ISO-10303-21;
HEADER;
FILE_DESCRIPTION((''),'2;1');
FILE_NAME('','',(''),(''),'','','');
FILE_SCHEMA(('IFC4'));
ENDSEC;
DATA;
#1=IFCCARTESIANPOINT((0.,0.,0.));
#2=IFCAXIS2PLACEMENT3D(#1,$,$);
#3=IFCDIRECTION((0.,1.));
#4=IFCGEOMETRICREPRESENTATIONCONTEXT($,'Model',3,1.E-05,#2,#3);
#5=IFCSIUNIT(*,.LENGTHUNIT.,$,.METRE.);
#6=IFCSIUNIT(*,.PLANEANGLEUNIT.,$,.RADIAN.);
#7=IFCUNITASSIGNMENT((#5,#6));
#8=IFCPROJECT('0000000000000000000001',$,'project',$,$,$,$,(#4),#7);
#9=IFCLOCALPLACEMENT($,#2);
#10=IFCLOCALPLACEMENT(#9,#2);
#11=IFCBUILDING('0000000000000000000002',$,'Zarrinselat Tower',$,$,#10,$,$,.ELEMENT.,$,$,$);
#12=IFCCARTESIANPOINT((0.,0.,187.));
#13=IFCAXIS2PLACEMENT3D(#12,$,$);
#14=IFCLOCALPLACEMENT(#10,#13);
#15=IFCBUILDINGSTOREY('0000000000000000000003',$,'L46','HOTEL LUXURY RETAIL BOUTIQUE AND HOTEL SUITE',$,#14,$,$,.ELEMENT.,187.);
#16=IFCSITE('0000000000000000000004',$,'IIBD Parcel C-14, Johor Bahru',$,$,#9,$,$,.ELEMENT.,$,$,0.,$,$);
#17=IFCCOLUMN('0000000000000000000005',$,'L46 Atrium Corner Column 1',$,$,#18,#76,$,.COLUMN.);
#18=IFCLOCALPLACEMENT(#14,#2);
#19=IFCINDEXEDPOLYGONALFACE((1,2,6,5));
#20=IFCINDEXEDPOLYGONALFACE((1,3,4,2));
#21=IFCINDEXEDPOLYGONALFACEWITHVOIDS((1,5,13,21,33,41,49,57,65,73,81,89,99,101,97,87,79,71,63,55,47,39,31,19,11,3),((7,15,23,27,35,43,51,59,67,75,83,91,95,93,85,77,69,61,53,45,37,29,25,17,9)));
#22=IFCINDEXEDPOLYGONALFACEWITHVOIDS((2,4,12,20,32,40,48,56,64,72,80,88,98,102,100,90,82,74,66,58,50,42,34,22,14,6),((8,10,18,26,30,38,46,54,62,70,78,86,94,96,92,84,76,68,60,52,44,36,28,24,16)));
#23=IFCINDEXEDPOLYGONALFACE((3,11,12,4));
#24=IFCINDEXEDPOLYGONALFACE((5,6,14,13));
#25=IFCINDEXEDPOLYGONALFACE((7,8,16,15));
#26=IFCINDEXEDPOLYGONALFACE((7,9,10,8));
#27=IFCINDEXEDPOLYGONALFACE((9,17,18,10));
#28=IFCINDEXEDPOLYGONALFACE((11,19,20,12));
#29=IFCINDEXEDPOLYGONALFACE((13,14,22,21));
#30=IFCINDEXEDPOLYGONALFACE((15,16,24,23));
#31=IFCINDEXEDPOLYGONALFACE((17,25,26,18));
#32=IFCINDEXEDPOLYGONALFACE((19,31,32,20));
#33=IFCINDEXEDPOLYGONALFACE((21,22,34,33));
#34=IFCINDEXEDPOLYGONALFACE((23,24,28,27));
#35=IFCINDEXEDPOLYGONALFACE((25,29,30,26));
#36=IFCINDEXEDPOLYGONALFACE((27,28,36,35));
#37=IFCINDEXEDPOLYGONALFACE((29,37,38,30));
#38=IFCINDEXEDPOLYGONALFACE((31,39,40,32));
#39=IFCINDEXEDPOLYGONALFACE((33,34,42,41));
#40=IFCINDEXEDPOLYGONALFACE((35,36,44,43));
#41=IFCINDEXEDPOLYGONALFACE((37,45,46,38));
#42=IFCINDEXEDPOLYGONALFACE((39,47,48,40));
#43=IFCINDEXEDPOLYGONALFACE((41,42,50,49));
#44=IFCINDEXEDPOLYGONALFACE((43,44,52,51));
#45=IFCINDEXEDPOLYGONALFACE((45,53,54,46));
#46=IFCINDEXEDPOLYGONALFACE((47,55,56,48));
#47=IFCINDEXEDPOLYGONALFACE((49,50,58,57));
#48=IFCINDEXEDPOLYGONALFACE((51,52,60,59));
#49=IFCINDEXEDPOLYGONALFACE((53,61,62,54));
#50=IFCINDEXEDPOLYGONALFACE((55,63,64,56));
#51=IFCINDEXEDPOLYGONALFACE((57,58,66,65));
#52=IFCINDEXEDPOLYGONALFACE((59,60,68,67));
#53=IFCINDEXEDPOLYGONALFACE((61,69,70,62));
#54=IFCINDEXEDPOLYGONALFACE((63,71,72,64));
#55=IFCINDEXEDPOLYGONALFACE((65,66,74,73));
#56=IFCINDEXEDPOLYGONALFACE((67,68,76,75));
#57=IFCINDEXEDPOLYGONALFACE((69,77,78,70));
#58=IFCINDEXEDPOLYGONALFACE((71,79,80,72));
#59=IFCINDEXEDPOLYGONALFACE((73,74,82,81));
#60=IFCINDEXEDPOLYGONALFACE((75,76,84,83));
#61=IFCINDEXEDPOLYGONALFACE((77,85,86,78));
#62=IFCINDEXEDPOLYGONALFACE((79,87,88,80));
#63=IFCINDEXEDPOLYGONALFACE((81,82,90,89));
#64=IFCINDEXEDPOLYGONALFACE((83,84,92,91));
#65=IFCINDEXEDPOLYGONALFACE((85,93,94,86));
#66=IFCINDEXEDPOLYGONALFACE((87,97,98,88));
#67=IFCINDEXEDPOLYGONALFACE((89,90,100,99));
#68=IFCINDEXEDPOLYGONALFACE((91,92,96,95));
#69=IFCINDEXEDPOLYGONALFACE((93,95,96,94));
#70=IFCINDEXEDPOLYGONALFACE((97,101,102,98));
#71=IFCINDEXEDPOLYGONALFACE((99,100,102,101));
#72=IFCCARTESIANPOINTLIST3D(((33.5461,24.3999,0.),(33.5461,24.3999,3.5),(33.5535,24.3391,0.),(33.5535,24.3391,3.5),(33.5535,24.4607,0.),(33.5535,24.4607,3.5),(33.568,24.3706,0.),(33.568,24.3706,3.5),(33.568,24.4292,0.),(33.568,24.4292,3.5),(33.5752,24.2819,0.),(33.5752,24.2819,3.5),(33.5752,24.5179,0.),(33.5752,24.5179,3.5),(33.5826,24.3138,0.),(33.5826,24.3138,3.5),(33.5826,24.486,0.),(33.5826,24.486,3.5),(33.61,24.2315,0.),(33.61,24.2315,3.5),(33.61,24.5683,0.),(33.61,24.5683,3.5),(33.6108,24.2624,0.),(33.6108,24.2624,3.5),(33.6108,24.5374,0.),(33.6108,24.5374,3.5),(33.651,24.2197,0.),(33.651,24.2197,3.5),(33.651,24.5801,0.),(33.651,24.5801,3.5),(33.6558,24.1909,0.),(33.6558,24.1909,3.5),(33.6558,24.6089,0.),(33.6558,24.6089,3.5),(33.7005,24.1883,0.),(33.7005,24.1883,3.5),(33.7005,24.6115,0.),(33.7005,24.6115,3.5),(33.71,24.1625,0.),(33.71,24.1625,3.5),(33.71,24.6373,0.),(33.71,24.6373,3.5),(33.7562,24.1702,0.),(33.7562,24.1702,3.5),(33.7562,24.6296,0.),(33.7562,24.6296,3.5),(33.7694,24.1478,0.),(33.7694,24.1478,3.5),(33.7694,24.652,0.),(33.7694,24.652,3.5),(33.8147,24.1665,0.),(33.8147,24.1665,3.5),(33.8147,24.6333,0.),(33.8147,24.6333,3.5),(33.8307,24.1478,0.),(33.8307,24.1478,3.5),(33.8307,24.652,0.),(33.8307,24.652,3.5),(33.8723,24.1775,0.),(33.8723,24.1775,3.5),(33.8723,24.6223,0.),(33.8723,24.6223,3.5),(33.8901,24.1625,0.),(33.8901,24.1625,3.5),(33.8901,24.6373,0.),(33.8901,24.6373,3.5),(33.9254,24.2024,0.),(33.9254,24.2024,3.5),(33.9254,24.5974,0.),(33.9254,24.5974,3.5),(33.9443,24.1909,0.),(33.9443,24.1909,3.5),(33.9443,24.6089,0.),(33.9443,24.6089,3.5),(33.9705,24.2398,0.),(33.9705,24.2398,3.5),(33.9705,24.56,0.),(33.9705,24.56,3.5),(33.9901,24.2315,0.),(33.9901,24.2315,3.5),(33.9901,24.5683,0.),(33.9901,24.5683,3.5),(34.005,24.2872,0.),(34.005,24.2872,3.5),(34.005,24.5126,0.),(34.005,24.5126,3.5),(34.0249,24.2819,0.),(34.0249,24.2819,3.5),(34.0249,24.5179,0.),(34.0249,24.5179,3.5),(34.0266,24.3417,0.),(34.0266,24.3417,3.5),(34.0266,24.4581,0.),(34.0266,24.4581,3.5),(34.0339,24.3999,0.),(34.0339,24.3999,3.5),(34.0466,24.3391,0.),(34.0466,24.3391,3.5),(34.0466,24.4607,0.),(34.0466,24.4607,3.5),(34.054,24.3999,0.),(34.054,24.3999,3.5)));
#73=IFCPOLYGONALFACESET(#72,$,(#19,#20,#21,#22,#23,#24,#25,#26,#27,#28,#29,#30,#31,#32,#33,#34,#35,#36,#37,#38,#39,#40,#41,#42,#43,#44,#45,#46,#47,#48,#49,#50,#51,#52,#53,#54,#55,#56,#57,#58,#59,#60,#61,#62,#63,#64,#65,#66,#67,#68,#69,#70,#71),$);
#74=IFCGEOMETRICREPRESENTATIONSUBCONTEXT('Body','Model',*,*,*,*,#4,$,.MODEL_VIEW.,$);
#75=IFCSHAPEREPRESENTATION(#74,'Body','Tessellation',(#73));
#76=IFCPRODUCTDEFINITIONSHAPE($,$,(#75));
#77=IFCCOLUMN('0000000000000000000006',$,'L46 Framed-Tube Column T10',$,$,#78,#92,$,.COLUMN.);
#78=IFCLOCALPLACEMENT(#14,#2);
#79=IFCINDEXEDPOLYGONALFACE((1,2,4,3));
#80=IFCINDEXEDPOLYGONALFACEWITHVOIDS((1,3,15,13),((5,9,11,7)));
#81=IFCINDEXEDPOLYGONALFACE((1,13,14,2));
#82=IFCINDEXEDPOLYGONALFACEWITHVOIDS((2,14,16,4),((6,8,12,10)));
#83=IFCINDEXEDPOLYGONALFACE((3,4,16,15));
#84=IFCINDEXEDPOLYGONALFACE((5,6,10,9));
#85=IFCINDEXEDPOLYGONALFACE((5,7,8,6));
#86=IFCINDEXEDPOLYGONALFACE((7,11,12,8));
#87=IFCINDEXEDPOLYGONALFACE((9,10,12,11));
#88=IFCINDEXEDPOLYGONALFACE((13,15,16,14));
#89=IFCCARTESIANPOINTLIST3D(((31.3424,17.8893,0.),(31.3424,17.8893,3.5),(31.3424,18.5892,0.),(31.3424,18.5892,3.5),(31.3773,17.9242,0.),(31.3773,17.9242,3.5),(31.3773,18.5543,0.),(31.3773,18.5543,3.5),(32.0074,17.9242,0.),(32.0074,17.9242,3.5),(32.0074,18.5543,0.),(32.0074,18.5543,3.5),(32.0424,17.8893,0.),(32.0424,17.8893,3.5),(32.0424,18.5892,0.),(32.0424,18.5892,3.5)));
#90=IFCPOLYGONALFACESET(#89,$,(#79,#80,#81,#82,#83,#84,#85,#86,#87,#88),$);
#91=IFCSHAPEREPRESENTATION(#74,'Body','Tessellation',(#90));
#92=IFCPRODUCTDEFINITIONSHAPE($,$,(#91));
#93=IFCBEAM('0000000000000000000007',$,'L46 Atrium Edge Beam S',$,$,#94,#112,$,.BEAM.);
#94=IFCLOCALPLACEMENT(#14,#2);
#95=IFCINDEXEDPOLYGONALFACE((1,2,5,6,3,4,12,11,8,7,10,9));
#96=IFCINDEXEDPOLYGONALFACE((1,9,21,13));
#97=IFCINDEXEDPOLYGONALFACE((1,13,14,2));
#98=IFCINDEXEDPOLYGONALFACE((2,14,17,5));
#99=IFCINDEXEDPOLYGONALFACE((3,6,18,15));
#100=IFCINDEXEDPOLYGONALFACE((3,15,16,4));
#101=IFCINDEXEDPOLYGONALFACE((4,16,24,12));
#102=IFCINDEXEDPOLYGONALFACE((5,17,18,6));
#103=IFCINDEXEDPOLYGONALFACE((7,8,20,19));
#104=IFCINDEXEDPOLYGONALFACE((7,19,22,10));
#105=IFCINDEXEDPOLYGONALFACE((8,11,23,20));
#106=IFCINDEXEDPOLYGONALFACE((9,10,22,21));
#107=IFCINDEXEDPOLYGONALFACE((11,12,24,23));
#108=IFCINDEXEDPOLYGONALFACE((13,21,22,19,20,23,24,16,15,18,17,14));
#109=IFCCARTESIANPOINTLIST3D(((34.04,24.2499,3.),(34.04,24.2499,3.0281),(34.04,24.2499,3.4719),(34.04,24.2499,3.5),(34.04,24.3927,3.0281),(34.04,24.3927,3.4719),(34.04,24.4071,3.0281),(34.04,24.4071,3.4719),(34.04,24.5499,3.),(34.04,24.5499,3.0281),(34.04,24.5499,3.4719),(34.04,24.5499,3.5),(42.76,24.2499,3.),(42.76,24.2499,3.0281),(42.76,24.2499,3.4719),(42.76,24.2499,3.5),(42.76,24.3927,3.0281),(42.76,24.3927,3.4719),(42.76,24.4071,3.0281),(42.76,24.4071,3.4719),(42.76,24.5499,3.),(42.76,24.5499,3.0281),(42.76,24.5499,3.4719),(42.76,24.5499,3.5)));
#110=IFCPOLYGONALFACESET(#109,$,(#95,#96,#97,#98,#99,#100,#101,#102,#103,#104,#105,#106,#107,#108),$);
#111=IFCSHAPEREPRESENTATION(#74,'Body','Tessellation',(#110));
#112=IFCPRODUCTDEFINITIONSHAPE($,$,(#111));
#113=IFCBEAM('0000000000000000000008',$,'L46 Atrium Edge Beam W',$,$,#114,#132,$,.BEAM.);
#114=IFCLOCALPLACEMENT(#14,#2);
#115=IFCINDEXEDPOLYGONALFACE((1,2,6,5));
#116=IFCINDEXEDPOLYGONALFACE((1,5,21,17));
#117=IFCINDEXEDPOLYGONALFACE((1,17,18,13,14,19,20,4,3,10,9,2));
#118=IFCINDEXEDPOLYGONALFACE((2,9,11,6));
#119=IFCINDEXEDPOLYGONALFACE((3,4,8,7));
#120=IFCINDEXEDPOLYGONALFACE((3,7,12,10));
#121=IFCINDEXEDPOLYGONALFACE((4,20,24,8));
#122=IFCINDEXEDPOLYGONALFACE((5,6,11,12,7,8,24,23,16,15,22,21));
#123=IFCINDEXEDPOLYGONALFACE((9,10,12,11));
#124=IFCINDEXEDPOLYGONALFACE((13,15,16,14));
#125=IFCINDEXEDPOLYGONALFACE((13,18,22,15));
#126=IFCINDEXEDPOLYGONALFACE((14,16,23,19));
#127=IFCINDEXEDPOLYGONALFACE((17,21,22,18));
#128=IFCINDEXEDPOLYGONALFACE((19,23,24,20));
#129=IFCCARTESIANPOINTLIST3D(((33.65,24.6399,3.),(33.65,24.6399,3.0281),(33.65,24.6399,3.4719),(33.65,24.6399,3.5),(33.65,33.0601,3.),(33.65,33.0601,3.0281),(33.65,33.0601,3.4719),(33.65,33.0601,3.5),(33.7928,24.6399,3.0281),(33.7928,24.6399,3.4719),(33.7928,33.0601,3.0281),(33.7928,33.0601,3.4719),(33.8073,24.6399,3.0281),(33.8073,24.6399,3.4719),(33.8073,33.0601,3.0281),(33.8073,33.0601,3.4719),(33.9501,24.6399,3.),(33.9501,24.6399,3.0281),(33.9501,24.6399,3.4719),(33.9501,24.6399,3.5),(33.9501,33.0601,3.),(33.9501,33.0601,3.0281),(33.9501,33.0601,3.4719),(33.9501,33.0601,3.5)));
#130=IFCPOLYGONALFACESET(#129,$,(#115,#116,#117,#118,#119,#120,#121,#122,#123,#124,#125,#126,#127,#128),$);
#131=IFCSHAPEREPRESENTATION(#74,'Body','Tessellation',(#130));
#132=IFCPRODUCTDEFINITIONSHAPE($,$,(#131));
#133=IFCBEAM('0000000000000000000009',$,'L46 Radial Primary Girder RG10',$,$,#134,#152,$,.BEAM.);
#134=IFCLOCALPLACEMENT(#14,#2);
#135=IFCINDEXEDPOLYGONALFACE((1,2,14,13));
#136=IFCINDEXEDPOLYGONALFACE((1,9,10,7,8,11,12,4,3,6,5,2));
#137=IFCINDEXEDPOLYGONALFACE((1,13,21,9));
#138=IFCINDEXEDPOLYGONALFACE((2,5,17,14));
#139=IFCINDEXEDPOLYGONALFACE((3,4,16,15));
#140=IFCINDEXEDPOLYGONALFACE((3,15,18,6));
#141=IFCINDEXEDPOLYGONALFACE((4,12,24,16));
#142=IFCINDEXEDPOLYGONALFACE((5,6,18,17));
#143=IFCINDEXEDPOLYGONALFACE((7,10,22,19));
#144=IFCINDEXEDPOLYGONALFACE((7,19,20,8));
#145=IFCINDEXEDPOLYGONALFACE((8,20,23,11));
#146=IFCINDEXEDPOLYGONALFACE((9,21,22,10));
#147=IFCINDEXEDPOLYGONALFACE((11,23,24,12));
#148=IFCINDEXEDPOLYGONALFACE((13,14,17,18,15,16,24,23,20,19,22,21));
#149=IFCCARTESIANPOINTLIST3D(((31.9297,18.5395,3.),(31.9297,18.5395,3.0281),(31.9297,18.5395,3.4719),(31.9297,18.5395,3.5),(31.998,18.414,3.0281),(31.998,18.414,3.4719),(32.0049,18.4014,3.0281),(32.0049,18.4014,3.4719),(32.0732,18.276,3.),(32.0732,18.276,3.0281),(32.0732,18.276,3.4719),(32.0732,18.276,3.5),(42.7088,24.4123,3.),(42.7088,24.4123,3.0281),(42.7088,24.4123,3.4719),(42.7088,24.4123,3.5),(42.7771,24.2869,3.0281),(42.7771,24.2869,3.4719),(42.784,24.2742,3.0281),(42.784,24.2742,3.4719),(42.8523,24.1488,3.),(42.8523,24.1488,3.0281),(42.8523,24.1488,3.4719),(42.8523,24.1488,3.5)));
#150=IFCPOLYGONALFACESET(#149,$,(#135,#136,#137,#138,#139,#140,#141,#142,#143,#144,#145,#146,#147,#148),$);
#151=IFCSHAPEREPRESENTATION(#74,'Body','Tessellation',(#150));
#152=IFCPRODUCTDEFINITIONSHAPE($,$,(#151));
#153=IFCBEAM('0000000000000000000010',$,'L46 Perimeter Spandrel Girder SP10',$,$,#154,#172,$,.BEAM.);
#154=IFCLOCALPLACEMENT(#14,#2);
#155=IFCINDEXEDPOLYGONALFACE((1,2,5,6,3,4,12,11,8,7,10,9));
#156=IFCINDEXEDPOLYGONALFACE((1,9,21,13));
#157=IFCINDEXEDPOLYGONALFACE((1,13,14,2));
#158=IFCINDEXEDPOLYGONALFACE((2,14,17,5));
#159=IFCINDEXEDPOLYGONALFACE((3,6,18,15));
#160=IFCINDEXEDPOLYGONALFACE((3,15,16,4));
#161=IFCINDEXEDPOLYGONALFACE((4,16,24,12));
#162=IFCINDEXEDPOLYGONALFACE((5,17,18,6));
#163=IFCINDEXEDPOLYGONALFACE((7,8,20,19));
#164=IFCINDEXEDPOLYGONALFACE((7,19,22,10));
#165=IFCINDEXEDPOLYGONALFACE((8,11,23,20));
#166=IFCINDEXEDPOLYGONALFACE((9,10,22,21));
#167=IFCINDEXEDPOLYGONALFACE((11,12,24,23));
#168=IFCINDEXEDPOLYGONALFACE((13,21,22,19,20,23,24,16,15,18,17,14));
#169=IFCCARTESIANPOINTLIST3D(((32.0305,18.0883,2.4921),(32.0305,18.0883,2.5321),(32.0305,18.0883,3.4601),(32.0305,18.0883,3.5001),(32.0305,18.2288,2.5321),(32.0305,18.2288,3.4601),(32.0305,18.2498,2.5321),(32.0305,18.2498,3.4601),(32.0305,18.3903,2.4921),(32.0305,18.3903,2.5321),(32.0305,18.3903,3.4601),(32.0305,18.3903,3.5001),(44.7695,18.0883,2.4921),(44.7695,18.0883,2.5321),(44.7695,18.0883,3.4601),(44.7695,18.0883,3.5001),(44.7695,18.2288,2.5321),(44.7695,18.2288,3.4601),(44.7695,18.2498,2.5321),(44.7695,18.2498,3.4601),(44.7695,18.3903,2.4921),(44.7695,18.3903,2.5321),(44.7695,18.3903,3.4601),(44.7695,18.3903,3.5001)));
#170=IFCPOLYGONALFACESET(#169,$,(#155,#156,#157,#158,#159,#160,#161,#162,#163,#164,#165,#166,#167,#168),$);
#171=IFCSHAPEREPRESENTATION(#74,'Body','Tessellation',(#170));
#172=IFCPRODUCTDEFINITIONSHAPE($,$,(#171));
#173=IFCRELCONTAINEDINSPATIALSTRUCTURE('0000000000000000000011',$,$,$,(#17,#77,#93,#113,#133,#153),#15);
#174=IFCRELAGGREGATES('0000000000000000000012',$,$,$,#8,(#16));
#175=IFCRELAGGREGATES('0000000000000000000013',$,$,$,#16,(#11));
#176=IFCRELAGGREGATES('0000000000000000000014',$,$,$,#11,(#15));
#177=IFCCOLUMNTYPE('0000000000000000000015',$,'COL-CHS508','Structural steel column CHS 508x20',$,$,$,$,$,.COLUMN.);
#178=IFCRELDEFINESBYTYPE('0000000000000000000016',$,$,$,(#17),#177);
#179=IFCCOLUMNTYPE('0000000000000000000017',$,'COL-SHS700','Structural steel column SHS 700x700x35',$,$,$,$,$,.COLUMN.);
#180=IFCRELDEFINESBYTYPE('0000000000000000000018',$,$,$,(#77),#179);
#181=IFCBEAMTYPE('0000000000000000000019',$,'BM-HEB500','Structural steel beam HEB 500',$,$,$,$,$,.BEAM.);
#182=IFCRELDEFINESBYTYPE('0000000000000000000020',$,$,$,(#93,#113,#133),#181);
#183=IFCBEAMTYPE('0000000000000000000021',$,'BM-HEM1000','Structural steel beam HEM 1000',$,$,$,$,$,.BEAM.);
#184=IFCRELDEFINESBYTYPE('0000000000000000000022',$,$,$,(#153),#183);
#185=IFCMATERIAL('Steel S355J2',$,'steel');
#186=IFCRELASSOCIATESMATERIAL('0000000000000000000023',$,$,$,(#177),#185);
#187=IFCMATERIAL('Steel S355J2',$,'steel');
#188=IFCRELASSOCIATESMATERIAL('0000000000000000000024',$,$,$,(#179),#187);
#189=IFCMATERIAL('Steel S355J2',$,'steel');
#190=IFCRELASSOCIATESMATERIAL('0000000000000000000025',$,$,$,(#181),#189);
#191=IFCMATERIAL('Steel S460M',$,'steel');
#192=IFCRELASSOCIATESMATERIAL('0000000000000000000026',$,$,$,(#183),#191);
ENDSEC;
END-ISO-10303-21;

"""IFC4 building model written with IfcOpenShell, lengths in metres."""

from ifc_helpers import new_model, si_unit, direction, frame, origin, origin_2d, place, context, subcontext, project, spatial, hollow_rectangle, hollow_circle, i_section, extrude, material, material_profile, profile_set, type_object, element, save


model = new_model("IFC4")

# Units and contexts
model_context = context("Model", 3, precision=1e-05, world=origin(), true_north=direction((0.0, 1.0)))
body_context = subcontext(model_context, "Body", "Model", "MODEL_VIEW")
ifc_project = project(units=[si_unit("LENGTHUNIT", "METRE"), si_unit("PLANEANGLEUNIT", "RADIAN")], contexts=[model_context])

# Site, building, storey
site_placement = place(None, origin())
site = spatial("IfcSite", under=ifc_project, at=site_placement, Name="IIBD Parcel C-14, Johor Bahru", CompositionType="ELEMENT", RefElevation=0.0)
building_placement = place(site_placement, origin())
building = spatial("IfcBuilding", under=site, at=building_placement, Name="Zarrinselat Tower", CompositionType="ELEMENT")
storey_placement = place(building_placement, frame((0.0, 0.0, 187.0)))
storey = spatial("IfcBuildingStorey", under=building, at=storey_placement, Name="L46", Description="HOTEL LUXURY RETAIL BOUTIQUE AND HOTEL SUITE", CompositionType="ELEMENT", Elevation=187.0)

# Columns
ifc_material_1 = material(Name="Steel S355J2", Category="steel")
ifc_material_profile_1 = material_profile(ifc_material_1, hollow_circle(Radius=0.2539, WallThickness=0.02, at=origin_2d()), Name="CHS 508x20")
ifc_profile_set_1 = profile_set([ifc_material_profile_1], Name="Steel S355J2")
column_type_1 = type_object("IfcColumnType", Name="COL-CHS508", Description="Structural steel column CHS 508x20", PredefinedType="COLUMN", material=ifc_profile_set_1)
column_1_placement = place(storey_placement, frame((33.8, 24.3999, 0.0), z_axis=(0.0, 0.0, 1.0), x_axis=(1.0, 0.0, 0.0)))
element("IfcColumn", 1, at=column_1_placement, inside=storey, type_object=column_type_1, Name="L46 Atrium Corner Column 1", PredefinedType="COLUMN", context=body_context, shape_type="SweptSolid", body=[
    extrude(hollow_circle(Radius=0.2539, WallThickness=0.02, at=origin_2d()), origin(), (0.0, 0.0, 1.0), 3.5),
])
ifc_material_2 = material(Name="Steel S355J2", Category="steel")
ifc_material_profile_2 = material_profile(ifc_material_2, hollow_rectangle(XDim=0.7, YDim=0.7, WallThickness=0.0349, at=origin_2d()), Name="SHS 700x700x35")
ifc_profile_set_2 = profile_set([ifc_material_profile_2], Name="Steel S355J2")
column_type_2 = type_object("IfcColumnType", Name="COL-SHS700", Description="Structural steel column SHS 700x700x35", PredefinedType="COLUMN", material=ifc_profile_set_2)
column_2_placement = place(storey_placement, frame((31.6924, 18.2393, 0.0), z_axis=(0.0, 0.0, 1.0), x_axis=(1.0, 0.0, 0.0)))
element("IfcColumn", 2, at=column_2_placement, inside=storey, type_object=column_type_2, Name="L46 Framed-Tube Column T10", PredefinedType="COLUMN", context=body_context, shape_type="SweptSolid", body=[
    extrude(hollow_rectangle(XDim=0.7, YDim=0.7, WallThickness=0.0349, at=origin_2d()), origin(), (0.0, 0.0, 1.0), 3.5),
])

# Beams
ifc_material_3 = material(Name="Steel S355J2", Category="steel")
ifc_material_profile_3 = material_profile(ifc_material_3, i_section(OverallWidth=0.3, OverallDepth=0.5, WebThickness=0.0144, FlangeThickness=0.0281, at=origin_2d()), Name="HEB 500")
ifc_profile_set_3 = profile_set([ifc_material_profile_3], Name="Steel S355J2")
beam_type_1 = type_object("IfcBeamType", Name="BM-HEB500", Description="Structural steel beam HEB 500", PredefinedType="BEAM", material=ifc_profile_set_3)
beam_1_placement = place(storey_placement, frame((34.04, 24.3999, 3.25), z_axis=(1.0, 0.0, 0.0), x_axis=(0.0, 1.0, 0.0)))
element("IfcBeam", 3, at=beam_1_placement, inside=storey, type_object=beam_type_1, Name="L46 Atrium Edge Beam S", PredefinedType="BEAM", context=body_context, shape_type="SweptSolid", body=[
    extrude(i_section(OverallWidth=0.3, OverallDepth=0.5, WebThickness=0.0144, FlangeThickness=0.0281, at=origin_2d()), origin(), (0.0, 0.0, 1.0), 8.72),
])
beam_2_placement = place(storey_placement, frame((33.8, 24.6399, 3.25), z_axis=(0.0, 1.0, 0.0), x_axis=(-1.0, 0.0, 0.0)))
element("IfcBeam", 4, at=beam_2_placement, inside=storey, type_object=beam_type_1, Name="L46 Atrium Edge Beam W", PredefinedType="BEAM", context=body_context, shape_type="SweptSolid", body=[
    extrude(i_section(OverallWidth=0.3, OverallDepth=0.5, WebThickness=0.0144, FlangeThickness=0.0281, at=origin_2d()), origin(), (0.0, 0.0, 1.0), 8.4202),
])
beam_3_placement = place(storey_placement, frame((32.0015, 18.4077, 3.25), z_axis=(0.878124, 0.478433, 0.0), x_axis=(-0.478433, 0.878124, 0.0)))
element("IfcBeam", 5, at=beam_3_placement, inside=storey, type_object=beam_type_1, Name="L46 Radial Primary Girder RG10", PredefinedType="BEAM", context=body_context, shape_type="SweptSolid", body=[
    extrude(i_section(OverallWidth=0.3, OverallDepth=0.5, WebThickness=0.0144, FlangeThickness=0.0281, at=origin_2d()), origin(), (0.0, 0.0, 1.0), 12.2751),
])
ifc_material_4 = material(Name="Steel S460M", Category="steel")
ifc_material_profile_4 = material_profile(ifc_material_4, i_section(OverallWidth=0.302, OverallDepth=1.0081, WebThickness=0.021, FlangeThickness=0.04, at=origin_2d()), Name="HEM 1000")
ifc_profile_set_4 = profile_set([ifc_material_profile_4], Name="Steel S460M")
beam_type_2 = type_object("IfcBeamType", Name="BM-HEM1000", Description="Structural steel beam HEM 1000", PredefinedType="BEAM", material=ifc_profile_set_4)
beam_4_placement = place(storey_placement, frame((32.0305, 18.2393, 2.9961), z_axis=(1.0, 0.0, 0.0), x_axis=(0.0, 1.0, 0.0)))
element("IfcBeam", 6, at=beam_4_placement, inside=storey, type_object=beam_type_2, Name="L46 Perimeter Spandrel Girder SP10", PredefinedType="BEAM", context=body_context, shape_type="SweptSolid", body=[
    extrude(i_section(OverallWidth=0.302, OverallDepth=1.0081, WebThickness=0.021, FlangeThickness=0.04, at=origin_2d()), origin(), (0.0, 0.0, 1.0), 12.739),
])

save(model, "model.ifc")
